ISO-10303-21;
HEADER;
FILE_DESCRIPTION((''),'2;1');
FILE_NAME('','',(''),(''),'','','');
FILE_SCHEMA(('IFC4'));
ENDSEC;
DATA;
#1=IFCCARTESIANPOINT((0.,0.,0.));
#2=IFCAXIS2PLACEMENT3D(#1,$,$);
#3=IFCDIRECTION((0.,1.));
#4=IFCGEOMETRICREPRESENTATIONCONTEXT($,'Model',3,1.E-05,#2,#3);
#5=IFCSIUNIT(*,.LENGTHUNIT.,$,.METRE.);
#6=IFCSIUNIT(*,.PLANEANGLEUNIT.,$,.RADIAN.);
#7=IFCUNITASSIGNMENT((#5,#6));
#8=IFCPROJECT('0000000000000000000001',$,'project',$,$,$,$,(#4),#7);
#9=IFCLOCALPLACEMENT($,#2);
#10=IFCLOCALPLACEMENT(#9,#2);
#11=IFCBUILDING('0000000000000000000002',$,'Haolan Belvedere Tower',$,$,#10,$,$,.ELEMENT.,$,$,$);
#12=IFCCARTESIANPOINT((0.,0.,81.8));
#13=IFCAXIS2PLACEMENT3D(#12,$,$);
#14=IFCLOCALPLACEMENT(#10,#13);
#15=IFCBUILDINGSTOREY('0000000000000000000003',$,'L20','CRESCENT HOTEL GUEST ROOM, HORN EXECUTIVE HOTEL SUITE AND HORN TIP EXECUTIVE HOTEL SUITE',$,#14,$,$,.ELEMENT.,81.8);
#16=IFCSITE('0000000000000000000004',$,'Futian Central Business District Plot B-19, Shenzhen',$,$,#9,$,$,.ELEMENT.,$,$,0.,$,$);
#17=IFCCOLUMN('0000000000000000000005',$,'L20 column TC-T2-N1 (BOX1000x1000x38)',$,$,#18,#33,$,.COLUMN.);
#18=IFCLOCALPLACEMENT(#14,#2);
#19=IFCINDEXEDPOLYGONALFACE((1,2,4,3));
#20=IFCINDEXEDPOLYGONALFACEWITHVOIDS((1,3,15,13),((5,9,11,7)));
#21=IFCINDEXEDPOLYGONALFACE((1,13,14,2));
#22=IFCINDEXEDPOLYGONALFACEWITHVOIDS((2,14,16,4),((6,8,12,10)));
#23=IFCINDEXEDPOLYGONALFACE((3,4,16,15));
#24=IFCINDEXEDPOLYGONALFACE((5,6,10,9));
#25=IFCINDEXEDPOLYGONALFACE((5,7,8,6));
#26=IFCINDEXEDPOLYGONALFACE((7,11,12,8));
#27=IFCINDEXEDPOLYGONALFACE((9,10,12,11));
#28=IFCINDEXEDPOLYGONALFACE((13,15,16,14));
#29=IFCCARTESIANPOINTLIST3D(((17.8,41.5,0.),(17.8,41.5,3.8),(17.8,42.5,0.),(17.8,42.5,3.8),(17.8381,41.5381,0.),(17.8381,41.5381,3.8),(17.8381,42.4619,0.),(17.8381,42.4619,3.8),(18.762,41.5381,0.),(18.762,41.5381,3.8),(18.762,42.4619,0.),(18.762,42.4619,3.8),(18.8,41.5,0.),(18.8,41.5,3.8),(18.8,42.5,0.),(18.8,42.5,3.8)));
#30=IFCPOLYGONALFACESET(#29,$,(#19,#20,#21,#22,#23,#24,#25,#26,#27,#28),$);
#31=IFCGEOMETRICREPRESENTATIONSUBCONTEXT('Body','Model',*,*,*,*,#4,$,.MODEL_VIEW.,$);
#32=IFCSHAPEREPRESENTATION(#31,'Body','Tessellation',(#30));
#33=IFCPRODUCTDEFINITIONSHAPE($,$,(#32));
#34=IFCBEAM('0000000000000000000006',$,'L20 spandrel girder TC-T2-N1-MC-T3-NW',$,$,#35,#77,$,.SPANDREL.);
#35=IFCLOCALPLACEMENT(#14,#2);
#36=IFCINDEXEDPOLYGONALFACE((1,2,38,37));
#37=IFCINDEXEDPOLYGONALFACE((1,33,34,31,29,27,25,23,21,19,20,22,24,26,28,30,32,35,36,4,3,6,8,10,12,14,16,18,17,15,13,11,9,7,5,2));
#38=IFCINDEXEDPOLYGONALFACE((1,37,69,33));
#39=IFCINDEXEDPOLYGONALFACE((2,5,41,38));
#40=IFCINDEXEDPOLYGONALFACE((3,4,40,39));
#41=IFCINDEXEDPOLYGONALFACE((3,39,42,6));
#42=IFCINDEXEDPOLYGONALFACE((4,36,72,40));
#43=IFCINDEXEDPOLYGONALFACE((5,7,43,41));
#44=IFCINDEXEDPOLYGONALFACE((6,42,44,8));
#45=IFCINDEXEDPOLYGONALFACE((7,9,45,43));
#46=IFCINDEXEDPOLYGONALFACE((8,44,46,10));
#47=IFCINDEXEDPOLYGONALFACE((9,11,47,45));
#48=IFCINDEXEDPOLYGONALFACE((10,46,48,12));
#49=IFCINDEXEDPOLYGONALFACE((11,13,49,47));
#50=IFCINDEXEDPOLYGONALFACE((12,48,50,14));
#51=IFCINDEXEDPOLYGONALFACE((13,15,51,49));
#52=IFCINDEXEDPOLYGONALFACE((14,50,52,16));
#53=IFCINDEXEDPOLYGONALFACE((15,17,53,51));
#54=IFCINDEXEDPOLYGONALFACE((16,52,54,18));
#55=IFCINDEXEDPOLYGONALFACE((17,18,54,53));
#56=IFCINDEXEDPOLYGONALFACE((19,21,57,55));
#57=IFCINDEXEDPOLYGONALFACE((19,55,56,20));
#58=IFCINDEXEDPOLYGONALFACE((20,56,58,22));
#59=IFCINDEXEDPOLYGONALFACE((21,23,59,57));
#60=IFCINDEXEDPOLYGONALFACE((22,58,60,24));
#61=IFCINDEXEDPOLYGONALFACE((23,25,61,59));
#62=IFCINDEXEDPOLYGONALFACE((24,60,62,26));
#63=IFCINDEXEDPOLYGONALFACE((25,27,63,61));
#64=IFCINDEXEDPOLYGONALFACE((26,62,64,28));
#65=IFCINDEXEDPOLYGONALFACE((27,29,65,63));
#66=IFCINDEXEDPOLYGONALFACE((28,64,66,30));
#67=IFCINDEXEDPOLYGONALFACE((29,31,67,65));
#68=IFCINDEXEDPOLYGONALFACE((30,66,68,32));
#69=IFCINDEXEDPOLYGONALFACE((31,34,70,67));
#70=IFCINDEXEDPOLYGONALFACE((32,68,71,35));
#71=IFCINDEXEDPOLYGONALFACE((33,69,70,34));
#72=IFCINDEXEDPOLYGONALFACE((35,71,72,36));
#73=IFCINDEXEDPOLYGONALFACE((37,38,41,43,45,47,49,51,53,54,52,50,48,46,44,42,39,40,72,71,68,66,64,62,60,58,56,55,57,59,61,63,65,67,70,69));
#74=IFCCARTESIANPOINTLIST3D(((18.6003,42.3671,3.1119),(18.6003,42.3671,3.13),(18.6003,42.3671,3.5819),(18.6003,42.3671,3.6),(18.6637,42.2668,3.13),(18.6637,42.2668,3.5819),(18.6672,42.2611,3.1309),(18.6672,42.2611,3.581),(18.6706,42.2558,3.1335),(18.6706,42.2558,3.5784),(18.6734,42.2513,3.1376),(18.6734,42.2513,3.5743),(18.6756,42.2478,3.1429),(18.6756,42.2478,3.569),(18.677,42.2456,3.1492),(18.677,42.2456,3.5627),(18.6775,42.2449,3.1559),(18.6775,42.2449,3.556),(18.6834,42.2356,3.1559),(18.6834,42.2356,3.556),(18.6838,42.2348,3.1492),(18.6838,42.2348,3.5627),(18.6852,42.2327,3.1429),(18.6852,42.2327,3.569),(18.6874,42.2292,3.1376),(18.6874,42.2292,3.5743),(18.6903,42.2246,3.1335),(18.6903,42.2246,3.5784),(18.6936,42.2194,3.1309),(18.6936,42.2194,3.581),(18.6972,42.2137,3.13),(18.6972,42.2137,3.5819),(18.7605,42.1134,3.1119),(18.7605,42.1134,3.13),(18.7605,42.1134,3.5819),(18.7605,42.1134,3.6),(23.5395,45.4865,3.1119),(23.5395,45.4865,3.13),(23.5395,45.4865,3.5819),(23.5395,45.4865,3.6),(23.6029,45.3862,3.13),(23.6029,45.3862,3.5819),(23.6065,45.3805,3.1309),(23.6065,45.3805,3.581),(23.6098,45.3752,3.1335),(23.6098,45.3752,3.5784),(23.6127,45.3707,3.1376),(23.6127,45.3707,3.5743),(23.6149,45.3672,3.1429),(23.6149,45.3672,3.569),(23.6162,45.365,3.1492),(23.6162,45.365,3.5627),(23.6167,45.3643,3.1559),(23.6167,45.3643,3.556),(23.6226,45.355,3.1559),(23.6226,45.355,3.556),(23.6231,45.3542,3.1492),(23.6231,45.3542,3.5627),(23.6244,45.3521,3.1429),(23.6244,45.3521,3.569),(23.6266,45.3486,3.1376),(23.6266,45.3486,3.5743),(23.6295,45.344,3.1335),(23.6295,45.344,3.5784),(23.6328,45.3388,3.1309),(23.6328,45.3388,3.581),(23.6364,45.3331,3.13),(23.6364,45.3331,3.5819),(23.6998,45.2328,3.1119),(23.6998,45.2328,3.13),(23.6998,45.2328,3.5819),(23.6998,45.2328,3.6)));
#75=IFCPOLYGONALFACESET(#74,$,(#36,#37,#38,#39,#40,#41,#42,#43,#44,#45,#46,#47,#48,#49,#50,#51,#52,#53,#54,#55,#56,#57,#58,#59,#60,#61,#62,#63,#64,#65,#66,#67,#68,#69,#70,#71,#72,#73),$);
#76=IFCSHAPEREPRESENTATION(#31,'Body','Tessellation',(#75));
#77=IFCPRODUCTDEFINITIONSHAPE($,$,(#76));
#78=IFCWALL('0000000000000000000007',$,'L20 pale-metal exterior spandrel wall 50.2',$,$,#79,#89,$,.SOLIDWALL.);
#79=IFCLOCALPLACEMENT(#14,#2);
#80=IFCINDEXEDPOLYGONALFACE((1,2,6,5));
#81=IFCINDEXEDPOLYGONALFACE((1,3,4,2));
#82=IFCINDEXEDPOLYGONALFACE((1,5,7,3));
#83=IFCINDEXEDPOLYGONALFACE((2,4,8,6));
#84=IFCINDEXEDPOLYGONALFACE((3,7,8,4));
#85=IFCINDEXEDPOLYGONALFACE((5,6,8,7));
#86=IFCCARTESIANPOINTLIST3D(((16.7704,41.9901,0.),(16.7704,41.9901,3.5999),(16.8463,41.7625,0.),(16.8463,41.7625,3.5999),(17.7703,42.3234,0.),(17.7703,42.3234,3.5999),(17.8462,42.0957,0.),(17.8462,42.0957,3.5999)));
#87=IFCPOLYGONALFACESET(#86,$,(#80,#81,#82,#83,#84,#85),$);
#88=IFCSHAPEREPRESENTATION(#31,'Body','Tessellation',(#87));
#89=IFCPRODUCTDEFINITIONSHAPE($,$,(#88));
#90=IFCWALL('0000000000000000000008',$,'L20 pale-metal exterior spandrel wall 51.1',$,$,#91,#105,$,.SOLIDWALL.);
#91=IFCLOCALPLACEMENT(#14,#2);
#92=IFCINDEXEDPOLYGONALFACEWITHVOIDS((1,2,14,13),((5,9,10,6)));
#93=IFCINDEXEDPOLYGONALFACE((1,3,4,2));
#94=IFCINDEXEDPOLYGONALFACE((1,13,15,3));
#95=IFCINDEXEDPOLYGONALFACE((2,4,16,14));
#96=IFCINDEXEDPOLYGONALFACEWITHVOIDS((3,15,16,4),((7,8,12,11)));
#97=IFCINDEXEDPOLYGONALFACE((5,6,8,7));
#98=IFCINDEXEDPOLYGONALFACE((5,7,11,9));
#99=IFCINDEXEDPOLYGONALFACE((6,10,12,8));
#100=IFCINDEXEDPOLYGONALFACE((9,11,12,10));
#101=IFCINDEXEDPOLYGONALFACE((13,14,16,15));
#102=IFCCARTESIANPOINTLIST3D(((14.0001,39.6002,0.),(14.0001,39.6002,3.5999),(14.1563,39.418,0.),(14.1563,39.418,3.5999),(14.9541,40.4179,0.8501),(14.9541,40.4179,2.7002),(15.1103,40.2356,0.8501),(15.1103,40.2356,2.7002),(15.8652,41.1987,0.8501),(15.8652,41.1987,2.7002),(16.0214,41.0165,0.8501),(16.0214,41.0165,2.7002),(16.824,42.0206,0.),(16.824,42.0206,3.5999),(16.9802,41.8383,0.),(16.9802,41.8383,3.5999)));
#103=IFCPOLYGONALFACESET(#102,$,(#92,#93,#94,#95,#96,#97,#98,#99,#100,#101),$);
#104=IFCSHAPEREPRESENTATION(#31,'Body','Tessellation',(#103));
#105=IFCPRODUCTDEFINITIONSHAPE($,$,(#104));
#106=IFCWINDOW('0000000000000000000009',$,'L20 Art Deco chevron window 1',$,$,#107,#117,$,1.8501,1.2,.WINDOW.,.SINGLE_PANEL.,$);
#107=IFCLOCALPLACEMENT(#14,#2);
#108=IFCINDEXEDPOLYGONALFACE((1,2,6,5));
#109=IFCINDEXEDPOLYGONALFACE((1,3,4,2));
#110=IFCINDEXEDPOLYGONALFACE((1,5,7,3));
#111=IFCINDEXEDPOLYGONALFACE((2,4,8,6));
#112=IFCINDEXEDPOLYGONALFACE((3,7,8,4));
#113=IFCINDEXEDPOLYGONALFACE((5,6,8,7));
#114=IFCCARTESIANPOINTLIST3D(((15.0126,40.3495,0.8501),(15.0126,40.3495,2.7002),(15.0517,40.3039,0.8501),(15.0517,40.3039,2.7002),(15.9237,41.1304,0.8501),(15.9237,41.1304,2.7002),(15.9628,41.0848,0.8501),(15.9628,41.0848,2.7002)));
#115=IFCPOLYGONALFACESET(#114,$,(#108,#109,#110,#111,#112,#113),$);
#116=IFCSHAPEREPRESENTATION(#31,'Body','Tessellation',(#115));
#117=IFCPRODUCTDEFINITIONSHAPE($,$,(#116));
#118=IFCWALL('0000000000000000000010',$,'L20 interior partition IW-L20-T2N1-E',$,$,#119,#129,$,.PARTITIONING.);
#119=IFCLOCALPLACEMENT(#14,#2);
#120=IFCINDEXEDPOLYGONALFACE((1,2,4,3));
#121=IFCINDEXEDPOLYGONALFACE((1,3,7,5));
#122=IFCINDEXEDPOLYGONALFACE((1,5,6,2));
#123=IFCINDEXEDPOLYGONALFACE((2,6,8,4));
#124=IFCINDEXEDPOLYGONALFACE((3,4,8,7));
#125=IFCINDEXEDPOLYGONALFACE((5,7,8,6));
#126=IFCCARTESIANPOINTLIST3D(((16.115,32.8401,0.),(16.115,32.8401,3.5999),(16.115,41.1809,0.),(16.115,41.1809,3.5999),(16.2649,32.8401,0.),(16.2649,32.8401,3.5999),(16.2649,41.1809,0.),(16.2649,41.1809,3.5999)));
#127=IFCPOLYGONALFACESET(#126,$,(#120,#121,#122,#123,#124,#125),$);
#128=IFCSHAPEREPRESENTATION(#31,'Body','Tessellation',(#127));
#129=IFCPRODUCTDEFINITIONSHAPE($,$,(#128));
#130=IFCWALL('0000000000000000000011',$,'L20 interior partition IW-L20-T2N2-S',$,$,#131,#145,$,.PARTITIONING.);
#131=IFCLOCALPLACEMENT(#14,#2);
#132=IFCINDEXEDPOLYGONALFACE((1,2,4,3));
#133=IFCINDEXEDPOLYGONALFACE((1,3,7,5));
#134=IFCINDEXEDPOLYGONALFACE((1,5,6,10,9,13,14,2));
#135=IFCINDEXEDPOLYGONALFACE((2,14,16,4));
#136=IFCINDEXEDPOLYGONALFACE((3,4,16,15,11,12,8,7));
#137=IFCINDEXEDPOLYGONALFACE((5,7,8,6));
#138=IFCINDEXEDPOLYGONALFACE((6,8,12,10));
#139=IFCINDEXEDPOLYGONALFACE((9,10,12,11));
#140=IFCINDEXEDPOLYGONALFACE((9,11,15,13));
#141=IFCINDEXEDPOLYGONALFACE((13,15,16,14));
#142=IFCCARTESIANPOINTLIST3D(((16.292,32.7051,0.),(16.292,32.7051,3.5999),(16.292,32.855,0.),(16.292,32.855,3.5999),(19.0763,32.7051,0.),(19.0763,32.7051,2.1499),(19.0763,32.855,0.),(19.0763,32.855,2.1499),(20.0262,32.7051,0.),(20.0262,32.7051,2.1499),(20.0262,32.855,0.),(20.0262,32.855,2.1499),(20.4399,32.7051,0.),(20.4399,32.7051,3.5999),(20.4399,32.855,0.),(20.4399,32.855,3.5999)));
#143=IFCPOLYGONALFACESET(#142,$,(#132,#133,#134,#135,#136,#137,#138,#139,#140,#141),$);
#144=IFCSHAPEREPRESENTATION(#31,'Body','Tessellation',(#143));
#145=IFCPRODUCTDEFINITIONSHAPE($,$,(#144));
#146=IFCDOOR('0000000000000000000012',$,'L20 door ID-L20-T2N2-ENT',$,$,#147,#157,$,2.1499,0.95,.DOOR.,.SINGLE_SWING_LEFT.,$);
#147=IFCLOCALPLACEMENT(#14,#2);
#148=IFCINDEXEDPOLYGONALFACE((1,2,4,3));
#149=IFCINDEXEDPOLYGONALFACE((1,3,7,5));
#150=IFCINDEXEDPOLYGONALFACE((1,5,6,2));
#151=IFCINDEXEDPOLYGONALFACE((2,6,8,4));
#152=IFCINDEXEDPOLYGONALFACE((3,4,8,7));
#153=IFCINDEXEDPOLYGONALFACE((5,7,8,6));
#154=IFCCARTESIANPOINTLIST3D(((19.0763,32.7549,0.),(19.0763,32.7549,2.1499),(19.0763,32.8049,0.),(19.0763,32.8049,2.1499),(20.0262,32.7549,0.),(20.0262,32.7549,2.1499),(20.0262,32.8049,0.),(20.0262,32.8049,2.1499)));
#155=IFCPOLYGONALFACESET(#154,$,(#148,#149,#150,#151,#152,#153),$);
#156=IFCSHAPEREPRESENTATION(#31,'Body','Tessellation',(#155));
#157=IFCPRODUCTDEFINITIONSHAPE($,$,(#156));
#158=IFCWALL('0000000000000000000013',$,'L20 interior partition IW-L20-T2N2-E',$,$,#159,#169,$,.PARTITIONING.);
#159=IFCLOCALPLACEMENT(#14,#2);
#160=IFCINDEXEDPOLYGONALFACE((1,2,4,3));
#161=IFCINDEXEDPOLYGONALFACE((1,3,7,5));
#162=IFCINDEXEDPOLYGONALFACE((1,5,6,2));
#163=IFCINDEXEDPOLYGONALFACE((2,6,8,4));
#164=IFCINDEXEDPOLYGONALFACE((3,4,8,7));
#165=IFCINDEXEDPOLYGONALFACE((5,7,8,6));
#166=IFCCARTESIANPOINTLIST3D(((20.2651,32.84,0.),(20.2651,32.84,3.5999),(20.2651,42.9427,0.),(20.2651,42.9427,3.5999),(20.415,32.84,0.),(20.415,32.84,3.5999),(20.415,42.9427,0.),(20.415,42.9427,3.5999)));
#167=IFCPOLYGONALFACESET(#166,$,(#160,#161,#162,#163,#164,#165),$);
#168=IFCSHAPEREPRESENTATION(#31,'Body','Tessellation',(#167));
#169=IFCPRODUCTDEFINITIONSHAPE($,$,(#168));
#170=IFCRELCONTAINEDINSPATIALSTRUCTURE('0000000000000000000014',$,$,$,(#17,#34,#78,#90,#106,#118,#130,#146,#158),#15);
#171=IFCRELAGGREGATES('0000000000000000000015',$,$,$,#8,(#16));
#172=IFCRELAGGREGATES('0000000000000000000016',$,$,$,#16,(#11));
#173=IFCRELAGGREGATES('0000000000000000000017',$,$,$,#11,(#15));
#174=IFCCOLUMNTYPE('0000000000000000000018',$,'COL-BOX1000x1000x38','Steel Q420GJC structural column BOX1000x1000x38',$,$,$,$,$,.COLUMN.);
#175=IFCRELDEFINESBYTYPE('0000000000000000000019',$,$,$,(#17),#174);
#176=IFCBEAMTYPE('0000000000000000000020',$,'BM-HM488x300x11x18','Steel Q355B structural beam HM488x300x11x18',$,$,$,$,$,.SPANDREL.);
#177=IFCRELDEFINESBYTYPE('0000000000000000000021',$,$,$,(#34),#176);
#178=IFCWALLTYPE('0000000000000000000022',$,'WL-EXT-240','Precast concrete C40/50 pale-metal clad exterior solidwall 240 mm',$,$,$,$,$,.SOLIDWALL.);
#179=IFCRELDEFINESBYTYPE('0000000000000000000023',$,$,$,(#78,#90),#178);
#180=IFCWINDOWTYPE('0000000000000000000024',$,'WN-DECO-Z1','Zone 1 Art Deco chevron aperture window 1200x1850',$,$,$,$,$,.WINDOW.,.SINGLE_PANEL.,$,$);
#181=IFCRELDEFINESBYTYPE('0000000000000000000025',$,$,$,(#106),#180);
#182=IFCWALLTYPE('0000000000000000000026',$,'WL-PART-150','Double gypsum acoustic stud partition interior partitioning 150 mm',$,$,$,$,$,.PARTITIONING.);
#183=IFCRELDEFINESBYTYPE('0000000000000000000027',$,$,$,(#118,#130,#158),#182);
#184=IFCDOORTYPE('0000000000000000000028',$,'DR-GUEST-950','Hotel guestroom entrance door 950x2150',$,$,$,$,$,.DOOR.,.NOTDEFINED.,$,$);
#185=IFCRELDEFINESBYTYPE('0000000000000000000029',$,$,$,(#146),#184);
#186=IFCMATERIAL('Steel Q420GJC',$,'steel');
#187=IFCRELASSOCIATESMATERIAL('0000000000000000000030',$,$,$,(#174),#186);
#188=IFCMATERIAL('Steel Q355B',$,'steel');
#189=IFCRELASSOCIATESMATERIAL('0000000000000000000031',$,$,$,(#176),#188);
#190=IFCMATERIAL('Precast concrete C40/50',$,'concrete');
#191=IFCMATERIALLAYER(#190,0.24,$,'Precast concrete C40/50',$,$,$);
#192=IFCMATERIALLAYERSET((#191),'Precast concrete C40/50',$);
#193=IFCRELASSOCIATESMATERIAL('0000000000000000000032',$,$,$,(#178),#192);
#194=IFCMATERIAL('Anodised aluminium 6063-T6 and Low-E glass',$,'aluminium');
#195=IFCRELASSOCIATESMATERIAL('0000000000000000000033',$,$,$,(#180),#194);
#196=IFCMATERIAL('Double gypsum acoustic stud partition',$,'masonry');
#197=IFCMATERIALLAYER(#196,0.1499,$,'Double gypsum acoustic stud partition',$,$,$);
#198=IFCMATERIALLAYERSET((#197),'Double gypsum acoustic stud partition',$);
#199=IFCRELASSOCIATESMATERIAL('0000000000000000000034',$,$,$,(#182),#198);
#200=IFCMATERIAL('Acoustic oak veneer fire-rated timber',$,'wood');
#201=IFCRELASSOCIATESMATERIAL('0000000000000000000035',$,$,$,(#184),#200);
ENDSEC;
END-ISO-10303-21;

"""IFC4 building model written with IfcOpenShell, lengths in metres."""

from ifc_helpers import new_model, si_unit, direction, frame, frame_2d, origin, origin_2d, place, context, subcontext, project, spatial, rectangle, hollow_rectangle, i_section, extrude, material, layer, layer_set, material_profile, profile_set, type_object, element, fill, save


model = new_model("IFC4")

# Units and contexts
model_context = context("Model", 3, precision=1e-05, world=origin(), true_north=direction((0.0, 1.0)))
body_context = subcontext(model_context, "Body", "Model", "MODEL_VIEW")
ifc_project = project(units=[si_unit("LENGTHUNIT", "METRE"), si_unit("PLANEANGLEUNIT", "RADIAN")], contexts=[model_context])

# Site, building, storey
site_placement = place(None, origin())
site = spatial("IfcSite", under=ifc_project, at=site_placement, Name="Futian Central Business District Plot B-19, Shenzhen", CompositionType="ELEMENT", RefElevation=0.0)
building_placement = place(site_placement, origin())
building = spatial("IfcBuilding", under=site, at=building_placement, Name="Haolan Belvedere Tower", CompositionType="ELEMENT")
storey_placement = place(building_placement, frame((0.0, 0.0, 81.8)))
storey = spatial("IfcBuildingStorey", under=building, at=storey_placement, Name="L20", Description="CRESCENT HOTEL GUEST ROOM, HORN EXECUTIVE HOTEL SUITE AND HORN TIP EXECUTIVE HOTEL SUITE", CompositionType="ELEMENT", Elevation=81.8)

# Column
ifc_material_1 = material(Name="Steel Q420GJC", Category="steel")
ifc_material_profile_1 = material_profile(ifc_material_1, hollow_rectangle(XDim=1.0, YDim=1.0, WallThickness=0.0381, at=origin_2d()), Name="Steel Q420GJC")
ifc_profile_set_1 = profile_set([ifc_material_profile_1], Name="Steel Q420GJC")
column_type = type_object("IfcColumnType", Name="COL-BOX1000x1000x38", Description="Steel Q420GJC structural column BOX1000x1000x38", PredefinedType="COLUMN", material=ifc_profile_set_1)
column_placement = place(storey_placement, frame((18.3, 42.0, 0.0), z_axis=(0.0, 0.0, 1.0), x_axis=(1.0, 0.0, 0.0)))
element("IfcColumn", 1, at=column_placement, inside=storey, type_object=column_type, Name="L20 column TC-T2-N1 (BOX1000x1000x38)", PredefinedType="COLUMN", context=body_context, shape_type="SweptSolid", body=[
    extrude(hollow_rectangle(XDim=1.0, YDim=1.0, WallThickness=0.0381, at=origin_2d()), origin(), (0.0, 0.0, 1.0), 3.8),
])

# Beam
ifc_material_2 = material(Name="Steel Q355B", Category="steel")
ifc_material_profile_2 = material_profile(ifc_material_2, i_section(OverallWidth=0.3, OverallDepth=0.488, WebThickness=0.011, FlangeThickness=0.0181, FilletRadius=0.0259, at=origin_2d()), Name="Steel Q355B")
ifc_profile_set_2 = profile_set([ifc_material_profile_2], Name="Steel Q355B")
beam_type = type_object("IfcBeamType", Name="BM-HM488x300x11x18", Description="Steel Q355B structural beam HM488x300x11x18", PredefinedType="SPANDREL", material=ifc_profile_set_2)
beam_placement = place(storey_placement, frame((18.6804, 42.2402, 3.356), z_axis=(0.845498, 0.533979, 0.0), x_axis=(-0.533979, 0.845498, 0.0)))
element("IfcBeam", 2, at=beam_placement, inside=storey, type_object=beam_type, Name="L20 spandrel girder TC-T2-N1-MC-T3-NW", PredefinedType="SPANDREL", context=body_context, shape_type="SweptSolid", body=[
    extrude(i_section(OverallWidth=0.3, OverallDepth=0.488, WebThickness=0.011, FlangeThickness=0.0181, FilletRadius=0.0259, at=origin_2d()), origin(), (0.0, 0.0, 1.0), 5.8418),
])

# Wall
ifc_material_3 = material(Name="Precast concrete C40/50", Category="concrete")
ifc_layer_1 = layer(ifc_material_3, 0.24, Name="Precast concrete C40/50")
ifc_layer_set_1 = layer_set([ifc_layer_1], Name="Precast concrete C40/50")
wall_type_1 = type_object("IfcWallType", Name="WL-EXT-240", Description="Precast concrete C40/50 pale-metal clad exterior solidwall 240 mm", PredefinedType="SOLIDWALL", material=ifc_layer_set_1)
wall_1_placement = place(storey_placement, frame((17.8081, 42.2095, 0.0), z_axis=(0.0, 0.0, 1.0), x_axis=(-0.948706, -0.316158, 0.0)))
element("IfcWall", 3, at=wall_1_placement, inside=storey, type_object=wall_type_1, Name="L20 pale-metal exterior spandrel wall 50.2", PredefinedType="SOLIDWALL", context=body_context, shape_type="SweptSolid", body=[
    extrude(rectangle(XDim=1.054, YDim=0.24, at=frame_2d((0.5269, 0.0))), origin(), (0.0, 0.0, 1.0), 3.5999),
])

# Wall, opening, window
wall_2_placement = place(storey_placement, frame((16.9021, 41.9294, 0.0), z_axis=(0.0, 0.0, 1.0), x_axis=(-0.759275, -0.65077, 0.0)))
wall_2 = element("IfcWall", 4, at=wall_2_placement, inside=storey, type_object=wall_type_1, Name="L20 pale-metal exterior spandrel wall 51.1", PredefinedType="SOLIDWALL", context=body_context, shape_type="SweptSolid", body=[
    extrude(rectangle(XDim=3.7192, YDim=0.24, at=frame_2d((1.8596, 0.0))), origin(), (0.0, 0.0, 1.0), 3.5999),
])
opening_1_placement = place(wall_2_placement, frame((1.2627, 0.0, 0.8501)))
opening_1 = element("IfcOpeningElement", 5, at=opening_1_placement, cuts=wall_2, PredefinedType="OPENING", context=body_context, shape_type="SweptSolid", body=[
    extrude(rectangle(XDim=1.2, YDim=1.8501, at=frame_2d((0.6001, 0.925))), frame((0.0, 0.1299, 0.0), z_axis=(0.0, -1.0, 0.0), x_axis=(1.0, 0.0, 0.0)), (0.0, 0.0, 1.0), 0.26),
])
ifc_material_4 = material(Name="Anodised aluminium 6063-T6 and Low-E glass", Category="aluminium")
window_type = type_object("IfcWindowType", Name="WN-DECO-Z1", Description="Zone 1 Art Deco chevron aperture window 1200x1850", PartitioningType="SINGLE_PANEL", PredefinedType="WINDOW", material=ifc_material_4)
window_placement = place(opening_1_placement, origin())
window = element("IfcWindow", 6, at=window_placement, inside=storey, type_object=window_type, Name="L20 Art Deco chevron window 1", OverallHeight=1.8501, OverallWidth=1.2, PartitioningType="SINGLE_PANEL", PredefinedType="WINDOW", context=body_context, shape_type="SweptSolid", body=[
    extrude(rectangle(XDim=1.2, YDim=1.8501, at=frame_2d((0.6001, 0.925))), frame((0.0, 0.03, 0.0), z_axis=(0.0, -1.0, 0.0), x_axis=(1.0, 0.0, 0.0)), (0.0, 0.0, 1.0), 0.0601),
])
fill(opening_1, window)

# Wall
ifc_material_5 = material(Name="Double gypsum acoustic stud partition", Category="masonry")
ifc_layer_2 = layer(ifc_material_5, 0.1499, Name="Double gypsum acoustic stud partition")
ifc_layer_set_2 = layer_set([ifc_layer_2], Name="Double gypsum acoustic stud partition")
wall_type_2 = type_object("IfcWallType", Name="WL-PART-150", Description="Double gypsum acoustic stud partition interior partitioning 150 mm", PredefinedType="PARTITIONING", material=ifc_layer_set_2)
wall_3_placement = place(storey_placement, frame((16.1899, 32.8401, 0.0), z_axis=(0.0, 0.0, 1.0), x_axis=(0.0, 1.0, 0.0)))
element("IfcWall", 7, at=wall_3_placement, inside=storey, type_object=wall_type_2, Name="L20 interior partition IW-L20-T2N1-E", PredefinedType="PARTITIONING", context=body_context, shape_type="SweptSolid", body=[
    extrude(rectangle(XDim=8.3408, YDim=0.1499, at=frame_2d((4.1704, 0.0))), origin(), (0.0, 0.0, 1.0), 3.5999),
])

# Wall, opening, door
wall_4_placement = place(storey_placement, frame((16.292, 32.78, 0.0), z_axis=(0.0, 0.0, 1.0), x_axis=(1.0, 0.0, 0.0)))
wall_4 = element("IfcWall", 8, at=wall_4_placement, inside=storey, type_object=wall_type_2, Name="L20 interior partition IW-L20-T2N2-S", PredefinedType="PARTITIONING", context=body_context, shape_type="SweptSolid", body=[
    extrude(rectangle(XDim=4.1479, YDim=0.1499, at=frame_2d((2.074, 0.0))), origin(), (0.0, 0.0, 1.0), 3.5999),
])
opening_2_placement = place(wall_4_placement, frame((2.7842, 0.0, 0.0)))
opening_2 = element("IfcOpeningElement", 9, at=opening_2_placement, cuts=wall_4, PredefinedType="OPENING", context=body_context, shape_type="SweptSolid", body=[
    extrude(rectangle(XDim=0.95, YDim=2.1499, at=frame_2d((0.4751, 1.075))), frame((0.0, 0.085, 0.0), z_axis=(0.0, -1.0, 0.0), x_axis=(1.0, 0.0, 0.0)), (0.0, 0.0, 1.0), 0.1699),
])
ifc_material_6 = material(Name="Acoustic oak veneer fire-rated timber", Category="wood")
door_type_1 = type_object("IfcDoorType", Name="DR-GUEST-950", Description="Hotel guestroom entrance door 950x2150", OperationType="NOTDEFINED", PredefinedType="DOOR", material=ifc_material_6)
door_1_placement = place(opening_2_placement, origin())
door_1 = element("IfcDoor", 10, at=door_1_placement, inside=storey, type_object=door_type_1, Name="L20 door ID-L20-T2N2-ENT", OperationType="SINGLE_SWING_LEFT", OverallHeight=2.1499, OverallWidth=0.95, PredefinedType="DOOR", context=body_context, shape_type="SweptSolid", body=[
    extrude(rectangle(XDim=0.95, YDim=2.1499, at=frame_2d((0.4751, 1.075))), frame((0.0, 0.0249, 0.0), z_axis=(0.0, -1.0, 0.0), x_axis=(1.0, 0.0, 0.0)), (0.0, 0.0, 1.0), 0.05),
])
fill(opening_2, door_1)

# Wall
wall_5_placement = place(storey_placement, frame((20.3401, 32.8401, 0.0), z_axis=(0.0, 0.0, 1.0), x_axis=(0.0, 1.0, 0.0)))
element("IfcWall", 11, at=wall_5_placement, inside=storey, type_object=wall_type_2, Name="L20 interior partition IW-L20-T2N2-E", PredefinedType="PARTITIONING", context=body_context, shape_type="SweptSolid", body=[
    extrude(rectangle(XDim=10.1028, YDim=0.1499, at=frame_2d((5.0513, 0.0))), origin(), (0.0, 0.0, 1.0), 3.5999),
])

save(model, "model.ifc")
